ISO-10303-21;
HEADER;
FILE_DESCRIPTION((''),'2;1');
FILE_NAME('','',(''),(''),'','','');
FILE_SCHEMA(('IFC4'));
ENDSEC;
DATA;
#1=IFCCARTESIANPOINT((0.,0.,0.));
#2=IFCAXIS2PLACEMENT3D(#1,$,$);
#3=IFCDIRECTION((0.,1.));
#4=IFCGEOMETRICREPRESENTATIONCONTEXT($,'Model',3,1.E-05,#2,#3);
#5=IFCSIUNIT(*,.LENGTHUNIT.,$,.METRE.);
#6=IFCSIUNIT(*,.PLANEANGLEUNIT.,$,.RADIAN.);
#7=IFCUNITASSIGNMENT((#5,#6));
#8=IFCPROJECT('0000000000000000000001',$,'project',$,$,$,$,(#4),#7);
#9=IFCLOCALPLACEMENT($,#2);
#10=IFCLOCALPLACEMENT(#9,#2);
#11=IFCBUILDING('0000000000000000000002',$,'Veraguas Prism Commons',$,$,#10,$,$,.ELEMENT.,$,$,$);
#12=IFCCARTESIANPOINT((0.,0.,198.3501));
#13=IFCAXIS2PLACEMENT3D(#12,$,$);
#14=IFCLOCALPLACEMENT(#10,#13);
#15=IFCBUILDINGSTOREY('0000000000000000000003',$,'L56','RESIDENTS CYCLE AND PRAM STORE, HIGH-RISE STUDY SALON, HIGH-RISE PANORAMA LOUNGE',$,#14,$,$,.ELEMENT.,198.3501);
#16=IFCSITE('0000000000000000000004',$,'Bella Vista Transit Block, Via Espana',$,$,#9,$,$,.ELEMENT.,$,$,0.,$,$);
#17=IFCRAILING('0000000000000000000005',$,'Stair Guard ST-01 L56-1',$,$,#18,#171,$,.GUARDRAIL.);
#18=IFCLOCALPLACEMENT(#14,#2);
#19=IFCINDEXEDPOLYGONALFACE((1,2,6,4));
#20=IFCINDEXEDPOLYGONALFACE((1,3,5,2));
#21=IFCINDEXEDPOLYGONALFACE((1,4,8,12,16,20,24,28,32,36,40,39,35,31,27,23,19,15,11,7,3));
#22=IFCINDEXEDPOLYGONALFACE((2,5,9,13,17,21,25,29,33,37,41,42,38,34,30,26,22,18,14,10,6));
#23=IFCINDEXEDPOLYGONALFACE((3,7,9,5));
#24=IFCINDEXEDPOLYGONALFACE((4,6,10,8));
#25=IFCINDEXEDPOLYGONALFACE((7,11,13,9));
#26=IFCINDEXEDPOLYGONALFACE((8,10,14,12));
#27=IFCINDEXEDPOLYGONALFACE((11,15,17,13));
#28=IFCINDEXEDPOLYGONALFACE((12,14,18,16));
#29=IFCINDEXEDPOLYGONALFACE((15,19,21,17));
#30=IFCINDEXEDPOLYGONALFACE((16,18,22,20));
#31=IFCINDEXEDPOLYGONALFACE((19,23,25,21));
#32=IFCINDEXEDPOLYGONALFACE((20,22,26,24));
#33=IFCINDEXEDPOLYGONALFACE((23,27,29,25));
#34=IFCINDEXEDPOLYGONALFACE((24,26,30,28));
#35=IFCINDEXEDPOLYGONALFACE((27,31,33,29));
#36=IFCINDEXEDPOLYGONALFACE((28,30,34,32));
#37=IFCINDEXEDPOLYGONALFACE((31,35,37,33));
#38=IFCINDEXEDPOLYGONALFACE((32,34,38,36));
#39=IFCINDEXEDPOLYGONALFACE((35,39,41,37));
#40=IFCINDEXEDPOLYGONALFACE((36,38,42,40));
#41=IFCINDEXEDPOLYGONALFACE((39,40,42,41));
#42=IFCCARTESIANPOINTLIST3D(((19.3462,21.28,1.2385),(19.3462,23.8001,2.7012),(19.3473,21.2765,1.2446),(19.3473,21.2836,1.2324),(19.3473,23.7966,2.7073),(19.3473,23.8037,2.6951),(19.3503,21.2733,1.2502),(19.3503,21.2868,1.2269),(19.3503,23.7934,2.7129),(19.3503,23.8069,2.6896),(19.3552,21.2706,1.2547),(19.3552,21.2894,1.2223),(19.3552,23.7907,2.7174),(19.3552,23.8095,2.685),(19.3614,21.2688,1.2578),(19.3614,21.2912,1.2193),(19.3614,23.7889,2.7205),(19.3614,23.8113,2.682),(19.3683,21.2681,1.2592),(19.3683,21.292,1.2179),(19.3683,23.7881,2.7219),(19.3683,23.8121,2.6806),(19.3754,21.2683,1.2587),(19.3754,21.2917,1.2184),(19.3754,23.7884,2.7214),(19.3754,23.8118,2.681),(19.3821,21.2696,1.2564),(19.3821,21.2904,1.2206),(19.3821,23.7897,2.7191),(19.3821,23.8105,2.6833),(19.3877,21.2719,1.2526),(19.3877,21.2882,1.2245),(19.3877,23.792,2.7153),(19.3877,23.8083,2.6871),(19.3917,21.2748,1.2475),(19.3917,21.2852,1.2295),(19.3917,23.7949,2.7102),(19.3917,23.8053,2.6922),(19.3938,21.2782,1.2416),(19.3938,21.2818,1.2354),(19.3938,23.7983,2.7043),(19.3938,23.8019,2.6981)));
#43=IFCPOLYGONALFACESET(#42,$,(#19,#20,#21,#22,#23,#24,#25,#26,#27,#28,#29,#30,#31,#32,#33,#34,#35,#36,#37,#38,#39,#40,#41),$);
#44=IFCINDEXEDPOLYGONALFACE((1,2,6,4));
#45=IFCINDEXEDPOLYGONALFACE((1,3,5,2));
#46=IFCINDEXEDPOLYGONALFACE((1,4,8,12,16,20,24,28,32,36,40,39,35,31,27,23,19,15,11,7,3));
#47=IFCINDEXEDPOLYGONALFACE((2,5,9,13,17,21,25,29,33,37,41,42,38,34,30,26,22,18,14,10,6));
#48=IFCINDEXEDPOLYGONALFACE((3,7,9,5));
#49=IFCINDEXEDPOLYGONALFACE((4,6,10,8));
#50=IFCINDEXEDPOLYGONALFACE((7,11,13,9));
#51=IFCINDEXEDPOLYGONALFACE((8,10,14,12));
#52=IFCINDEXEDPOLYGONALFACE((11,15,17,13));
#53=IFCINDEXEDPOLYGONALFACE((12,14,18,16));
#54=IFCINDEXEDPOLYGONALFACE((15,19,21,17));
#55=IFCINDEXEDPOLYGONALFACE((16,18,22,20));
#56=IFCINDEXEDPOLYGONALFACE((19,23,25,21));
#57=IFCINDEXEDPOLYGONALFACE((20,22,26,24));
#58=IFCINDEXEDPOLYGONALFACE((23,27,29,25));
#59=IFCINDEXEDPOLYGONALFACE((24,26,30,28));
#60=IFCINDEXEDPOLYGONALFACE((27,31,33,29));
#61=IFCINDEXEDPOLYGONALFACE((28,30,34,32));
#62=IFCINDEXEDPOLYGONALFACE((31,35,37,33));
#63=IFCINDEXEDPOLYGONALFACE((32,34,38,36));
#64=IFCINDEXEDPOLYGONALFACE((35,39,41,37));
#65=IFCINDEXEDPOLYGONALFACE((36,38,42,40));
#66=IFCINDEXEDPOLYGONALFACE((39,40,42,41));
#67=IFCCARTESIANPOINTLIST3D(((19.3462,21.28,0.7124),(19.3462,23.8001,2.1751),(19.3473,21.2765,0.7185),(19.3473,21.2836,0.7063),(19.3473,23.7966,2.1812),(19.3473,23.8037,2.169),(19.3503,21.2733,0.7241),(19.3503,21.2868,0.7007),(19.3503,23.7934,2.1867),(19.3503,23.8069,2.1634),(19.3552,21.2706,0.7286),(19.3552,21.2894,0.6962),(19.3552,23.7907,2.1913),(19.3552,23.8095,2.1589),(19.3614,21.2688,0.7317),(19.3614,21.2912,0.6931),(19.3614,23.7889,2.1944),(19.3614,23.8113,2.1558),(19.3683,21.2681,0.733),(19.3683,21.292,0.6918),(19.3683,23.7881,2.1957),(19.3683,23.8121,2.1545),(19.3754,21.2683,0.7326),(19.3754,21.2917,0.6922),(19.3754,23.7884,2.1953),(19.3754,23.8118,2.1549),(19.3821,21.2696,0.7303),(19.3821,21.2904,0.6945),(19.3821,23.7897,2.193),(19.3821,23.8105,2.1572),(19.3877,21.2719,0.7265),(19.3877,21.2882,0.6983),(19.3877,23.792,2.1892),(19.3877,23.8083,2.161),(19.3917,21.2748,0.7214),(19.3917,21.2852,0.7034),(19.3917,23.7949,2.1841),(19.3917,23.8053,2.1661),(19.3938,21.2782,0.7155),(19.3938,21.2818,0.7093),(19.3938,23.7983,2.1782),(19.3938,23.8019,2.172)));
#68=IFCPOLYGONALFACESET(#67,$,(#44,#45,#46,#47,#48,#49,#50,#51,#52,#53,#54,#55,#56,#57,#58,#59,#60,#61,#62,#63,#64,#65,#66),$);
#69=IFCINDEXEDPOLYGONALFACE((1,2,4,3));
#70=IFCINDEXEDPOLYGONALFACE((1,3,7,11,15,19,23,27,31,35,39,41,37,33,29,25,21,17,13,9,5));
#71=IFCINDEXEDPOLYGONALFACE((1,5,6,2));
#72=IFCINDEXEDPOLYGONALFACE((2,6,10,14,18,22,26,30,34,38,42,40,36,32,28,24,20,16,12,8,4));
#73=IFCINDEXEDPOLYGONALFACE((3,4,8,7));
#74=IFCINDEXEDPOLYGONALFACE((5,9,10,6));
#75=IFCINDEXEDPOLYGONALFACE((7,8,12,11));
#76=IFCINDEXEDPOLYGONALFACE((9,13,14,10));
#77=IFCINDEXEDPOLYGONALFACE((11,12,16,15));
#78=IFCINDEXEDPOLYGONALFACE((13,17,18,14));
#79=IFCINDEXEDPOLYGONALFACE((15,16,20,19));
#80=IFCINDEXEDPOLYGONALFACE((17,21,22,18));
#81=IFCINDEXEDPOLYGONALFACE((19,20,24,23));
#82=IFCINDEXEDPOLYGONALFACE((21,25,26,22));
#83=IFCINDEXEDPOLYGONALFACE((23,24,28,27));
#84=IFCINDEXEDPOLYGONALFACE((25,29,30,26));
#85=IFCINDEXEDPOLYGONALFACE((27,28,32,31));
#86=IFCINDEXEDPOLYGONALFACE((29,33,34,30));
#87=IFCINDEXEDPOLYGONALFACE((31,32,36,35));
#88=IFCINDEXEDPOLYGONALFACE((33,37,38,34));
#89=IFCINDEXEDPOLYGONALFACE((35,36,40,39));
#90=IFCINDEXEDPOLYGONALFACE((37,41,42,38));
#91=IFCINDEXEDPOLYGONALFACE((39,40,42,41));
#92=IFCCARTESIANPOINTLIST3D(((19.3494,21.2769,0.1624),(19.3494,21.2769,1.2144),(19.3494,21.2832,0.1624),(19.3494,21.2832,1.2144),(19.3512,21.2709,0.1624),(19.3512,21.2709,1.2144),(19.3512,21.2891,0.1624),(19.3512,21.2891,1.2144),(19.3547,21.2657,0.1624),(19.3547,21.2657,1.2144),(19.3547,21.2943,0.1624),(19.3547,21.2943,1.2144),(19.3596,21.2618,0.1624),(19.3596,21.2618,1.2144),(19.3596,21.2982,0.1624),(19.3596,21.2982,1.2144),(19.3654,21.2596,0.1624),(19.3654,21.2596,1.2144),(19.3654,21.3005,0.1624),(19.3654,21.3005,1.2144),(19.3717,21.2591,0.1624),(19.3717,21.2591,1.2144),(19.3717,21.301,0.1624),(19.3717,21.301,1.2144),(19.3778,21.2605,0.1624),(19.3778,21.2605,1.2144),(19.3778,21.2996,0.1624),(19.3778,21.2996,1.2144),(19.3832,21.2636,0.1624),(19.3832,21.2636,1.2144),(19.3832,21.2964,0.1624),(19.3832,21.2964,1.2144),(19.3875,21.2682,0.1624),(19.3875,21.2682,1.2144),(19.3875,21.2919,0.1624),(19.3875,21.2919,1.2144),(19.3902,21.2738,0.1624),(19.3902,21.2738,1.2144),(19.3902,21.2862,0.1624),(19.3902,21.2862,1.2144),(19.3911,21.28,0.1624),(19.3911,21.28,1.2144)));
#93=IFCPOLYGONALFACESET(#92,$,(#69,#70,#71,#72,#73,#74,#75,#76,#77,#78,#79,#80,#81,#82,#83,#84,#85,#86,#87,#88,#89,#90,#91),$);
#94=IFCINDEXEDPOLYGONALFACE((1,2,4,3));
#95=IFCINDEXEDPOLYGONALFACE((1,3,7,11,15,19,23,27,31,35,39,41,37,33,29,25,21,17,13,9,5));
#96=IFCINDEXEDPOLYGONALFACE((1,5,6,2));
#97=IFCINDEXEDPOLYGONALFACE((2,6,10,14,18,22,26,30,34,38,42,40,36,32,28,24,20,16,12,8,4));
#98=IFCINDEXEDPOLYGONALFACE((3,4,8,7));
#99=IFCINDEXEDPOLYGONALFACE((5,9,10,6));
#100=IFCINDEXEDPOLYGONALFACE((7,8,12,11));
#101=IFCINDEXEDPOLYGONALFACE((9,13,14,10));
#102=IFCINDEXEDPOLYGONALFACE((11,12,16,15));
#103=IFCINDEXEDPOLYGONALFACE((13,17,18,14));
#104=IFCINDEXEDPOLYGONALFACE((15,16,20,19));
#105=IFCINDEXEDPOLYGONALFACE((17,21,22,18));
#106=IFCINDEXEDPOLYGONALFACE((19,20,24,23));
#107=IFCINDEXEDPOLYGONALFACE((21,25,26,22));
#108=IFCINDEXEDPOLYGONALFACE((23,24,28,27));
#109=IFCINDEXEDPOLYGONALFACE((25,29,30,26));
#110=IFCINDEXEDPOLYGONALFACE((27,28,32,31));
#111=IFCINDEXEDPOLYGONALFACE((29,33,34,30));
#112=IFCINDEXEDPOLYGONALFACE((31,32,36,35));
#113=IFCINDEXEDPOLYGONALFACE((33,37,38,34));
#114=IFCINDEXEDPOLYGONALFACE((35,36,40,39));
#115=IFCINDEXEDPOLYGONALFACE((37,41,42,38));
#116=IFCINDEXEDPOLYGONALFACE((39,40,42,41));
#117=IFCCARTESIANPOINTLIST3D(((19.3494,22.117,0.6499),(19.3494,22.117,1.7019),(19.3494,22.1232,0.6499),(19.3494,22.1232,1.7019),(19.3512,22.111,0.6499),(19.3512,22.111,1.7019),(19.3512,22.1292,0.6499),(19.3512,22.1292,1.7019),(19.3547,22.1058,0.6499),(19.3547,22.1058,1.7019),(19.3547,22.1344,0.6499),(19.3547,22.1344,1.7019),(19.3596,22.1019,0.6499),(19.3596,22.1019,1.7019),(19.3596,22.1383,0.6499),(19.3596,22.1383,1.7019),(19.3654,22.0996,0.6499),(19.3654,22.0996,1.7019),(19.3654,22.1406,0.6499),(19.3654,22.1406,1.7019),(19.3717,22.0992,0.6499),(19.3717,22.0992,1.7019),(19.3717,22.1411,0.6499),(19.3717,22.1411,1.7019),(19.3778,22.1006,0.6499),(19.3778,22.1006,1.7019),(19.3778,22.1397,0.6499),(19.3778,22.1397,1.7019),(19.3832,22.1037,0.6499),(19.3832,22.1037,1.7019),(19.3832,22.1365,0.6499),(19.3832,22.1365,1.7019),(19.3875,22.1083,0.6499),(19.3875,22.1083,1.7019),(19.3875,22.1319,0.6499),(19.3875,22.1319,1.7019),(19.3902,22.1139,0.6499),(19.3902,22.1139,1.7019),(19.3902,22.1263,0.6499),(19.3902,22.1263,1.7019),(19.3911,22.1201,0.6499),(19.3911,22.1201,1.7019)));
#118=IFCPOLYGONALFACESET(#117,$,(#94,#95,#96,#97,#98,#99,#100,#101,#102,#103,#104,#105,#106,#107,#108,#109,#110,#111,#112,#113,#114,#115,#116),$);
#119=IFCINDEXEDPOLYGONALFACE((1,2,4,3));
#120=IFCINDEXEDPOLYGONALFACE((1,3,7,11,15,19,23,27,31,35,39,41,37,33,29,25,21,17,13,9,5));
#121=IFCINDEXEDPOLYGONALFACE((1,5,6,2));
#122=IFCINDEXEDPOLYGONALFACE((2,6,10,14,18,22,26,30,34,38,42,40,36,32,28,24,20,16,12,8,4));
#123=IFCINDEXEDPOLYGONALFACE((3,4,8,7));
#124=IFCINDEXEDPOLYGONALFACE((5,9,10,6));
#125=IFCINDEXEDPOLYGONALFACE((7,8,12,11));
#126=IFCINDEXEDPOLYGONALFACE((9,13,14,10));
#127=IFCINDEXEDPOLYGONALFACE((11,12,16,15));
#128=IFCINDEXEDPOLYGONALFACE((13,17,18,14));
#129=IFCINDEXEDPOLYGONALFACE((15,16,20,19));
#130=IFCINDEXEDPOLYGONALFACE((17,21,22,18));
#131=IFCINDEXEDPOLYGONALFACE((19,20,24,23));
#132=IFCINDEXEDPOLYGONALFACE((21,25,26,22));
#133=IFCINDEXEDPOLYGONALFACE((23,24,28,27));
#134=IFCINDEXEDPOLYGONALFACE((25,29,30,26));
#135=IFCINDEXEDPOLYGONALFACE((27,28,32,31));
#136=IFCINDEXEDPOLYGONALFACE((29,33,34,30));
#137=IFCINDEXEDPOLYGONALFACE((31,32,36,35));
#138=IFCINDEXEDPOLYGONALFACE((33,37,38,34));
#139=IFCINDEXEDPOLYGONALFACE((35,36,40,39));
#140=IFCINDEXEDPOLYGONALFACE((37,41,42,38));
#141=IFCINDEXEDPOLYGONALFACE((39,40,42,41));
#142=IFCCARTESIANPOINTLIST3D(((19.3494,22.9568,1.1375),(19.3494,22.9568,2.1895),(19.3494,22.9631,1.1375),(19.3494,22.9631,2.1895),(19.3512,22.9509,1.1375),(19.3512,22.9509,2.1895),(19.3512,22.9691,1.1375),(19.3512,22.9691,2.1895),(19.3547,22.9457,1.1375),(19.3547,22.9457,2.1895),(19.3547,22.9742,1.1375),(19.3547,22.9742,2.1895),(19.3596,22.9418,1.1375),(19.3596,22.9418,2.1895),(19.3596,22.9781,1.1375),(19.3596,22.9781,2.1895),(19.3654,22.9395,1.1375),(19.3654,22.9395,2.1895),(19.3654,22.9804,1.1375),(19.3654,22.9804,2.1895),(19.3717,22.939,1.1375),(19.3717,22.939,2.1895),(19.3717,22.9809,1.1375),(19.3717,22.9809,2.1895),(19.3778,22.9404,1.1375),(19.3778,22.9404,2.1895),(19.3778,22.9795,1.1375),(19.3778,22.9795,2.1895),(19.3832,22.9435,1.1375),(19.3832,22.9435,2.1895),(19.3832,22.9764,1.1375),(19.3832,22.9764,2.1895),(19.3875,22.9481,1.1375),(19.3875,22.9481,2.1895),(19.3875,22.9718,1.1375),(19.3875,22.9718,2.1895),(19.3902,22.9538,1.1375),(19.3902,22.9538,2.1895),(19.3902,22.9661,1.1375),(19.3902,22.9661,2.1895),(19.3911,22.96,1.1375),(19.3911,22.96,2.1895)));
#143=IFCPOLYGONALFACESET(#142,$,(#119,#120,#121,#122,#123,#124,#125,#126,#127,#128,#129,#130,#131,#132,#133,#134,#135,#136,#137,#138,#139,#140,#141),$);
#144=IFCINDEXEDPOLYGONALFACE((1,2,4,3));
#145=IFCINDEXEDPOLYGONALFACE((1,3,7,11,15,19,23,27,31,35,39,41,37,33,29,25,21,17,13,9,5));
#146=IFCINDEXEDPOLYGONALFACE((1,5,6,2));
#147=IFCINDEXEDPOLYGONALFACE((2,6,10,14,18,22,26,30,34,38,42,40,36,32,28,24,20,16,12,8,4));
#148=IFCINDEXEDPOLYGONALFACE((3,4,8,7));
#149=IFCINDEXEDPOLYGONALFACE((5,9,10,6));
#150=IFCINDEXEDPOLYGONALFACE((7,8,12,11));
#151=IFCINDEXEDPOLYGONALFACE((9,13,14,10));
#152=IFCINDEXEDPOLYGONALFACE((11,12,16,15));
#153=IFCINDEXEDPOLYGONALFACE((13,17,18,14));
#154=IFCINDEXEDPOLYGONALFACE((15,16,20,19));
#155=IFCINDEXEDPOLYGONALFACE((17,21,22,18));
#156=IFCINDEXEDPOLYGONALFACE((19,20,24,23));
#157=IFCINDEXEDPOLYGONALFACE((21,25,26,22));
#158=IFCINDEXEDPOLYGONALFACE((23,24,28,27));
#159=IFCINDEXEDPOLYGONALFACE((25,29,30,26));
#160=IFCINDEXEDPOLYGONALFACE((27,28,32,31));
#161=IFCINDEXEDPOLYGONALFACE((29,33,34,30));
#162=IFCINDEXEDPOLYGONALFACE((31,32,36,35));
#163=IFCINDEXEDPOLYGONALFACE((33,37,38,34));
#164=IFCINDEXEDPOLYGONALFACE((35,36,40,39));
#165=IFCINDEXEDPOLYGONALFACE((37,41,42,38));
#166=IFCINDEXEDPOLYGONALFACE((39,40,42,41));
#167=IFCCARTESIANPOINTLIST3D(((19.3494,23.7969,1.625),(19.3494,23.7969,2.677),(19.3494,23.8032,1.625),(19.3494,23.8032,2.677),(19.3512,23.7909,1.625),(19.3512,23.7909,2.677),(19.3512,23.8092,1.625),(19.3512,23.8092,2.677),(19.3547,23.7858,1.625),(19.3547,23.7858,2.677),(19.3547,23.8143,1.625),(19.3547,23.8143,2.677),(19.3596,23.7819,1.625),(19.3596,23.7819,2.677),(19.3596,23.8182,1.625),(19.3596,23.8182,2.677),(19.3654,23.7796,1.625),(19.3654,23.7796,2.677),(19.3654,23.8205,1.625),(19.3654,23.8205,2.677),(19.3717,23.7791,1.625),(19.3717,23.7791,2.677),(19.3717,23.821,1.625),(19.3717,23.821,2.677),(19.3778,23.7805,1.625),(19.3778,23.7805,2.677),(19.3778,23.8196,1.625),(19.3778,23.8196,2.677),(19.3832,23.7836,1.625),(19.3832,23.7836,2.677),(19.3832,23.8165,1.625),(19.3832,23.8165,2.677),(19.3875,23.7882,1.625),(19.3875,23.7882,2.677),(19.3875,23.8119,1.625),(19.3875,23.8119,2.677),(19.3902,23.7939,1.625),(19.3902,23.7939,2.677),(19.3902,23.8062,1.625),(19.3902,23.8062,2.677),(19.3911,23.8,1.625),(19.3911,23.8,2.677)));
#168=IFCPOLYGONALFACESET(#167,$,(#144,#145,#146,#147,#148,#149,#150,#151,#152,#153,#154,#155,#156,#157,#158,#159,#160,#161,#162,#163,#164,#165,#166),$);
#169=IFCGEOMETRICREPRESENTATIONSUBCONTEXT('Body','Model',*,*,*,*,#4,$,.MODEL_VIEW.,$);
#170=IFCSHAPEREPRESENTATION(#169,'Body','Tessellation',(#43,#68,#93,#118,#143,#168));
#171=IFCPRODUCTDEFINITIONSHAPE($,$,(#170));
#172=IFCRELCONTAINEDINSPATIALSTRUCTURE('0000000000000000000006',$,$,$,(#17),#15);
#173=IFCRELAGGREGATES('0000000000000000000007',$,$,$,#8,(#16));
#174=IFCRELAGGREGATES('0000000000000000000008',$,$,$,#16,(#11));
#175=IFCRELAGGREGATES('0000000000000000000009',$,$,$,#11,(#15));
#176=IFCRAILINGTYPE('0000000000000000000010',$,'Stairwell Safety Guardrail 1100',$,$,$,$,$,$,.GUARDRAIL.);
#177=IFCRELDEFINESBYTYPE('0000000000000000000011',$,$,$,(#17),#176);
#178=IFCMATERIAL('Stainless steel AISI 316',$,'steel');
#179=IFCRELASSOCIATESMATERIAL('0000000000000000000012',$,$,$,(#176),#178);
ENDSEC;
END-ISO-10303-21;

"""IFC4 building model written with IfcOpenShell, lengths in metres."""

from ifc_helpers import new_model, si_unit, direction, frame, origin, origin_2d, place, context, subcontext, project, spatial, circle, extrude, material, type_object, element, save


model = new_model("IFC4")

# Units and contexts
model_context = context("Model", 3, precision=1e-05, world=origin(), true_north=direction((0.0, 1.0)))
body_context = subcontext(model_context, "Body", "Model", "MODEL_VIEW")
ifc_project = project(units=[si_unit("LENGTHUNIT", "METRE"), si_unit("PLANEANGLEUNIT", "RADIAN")], contexts=[model_context])

# Site, building, storey
site_placement = place(None, origin())
site = spatial("IfcSite", under=ifc_project, at=site_placement, Name="Bella Vista Transit Block, Via Espana", CompositionType="ELEMENT", RefElevation=0.0)
building_placement = place(site_placement, origin())
building = spatial("IfcBuilding", under=site, at=building_placement, Name="Veraguas Prism Commons", CompositionType="ELEMENT")
storey_placement = place(building_placement, frame((0.0, 0.0, 198.3501)))
storey = spatial("IfcBuildingStorey", under=building, at=storey_placement, Name="L56", Description="RESIDENTS CYCLE AND PRAM STORE, HIGH-RISE STUDY SALON, HIGH-RISE PANORAMA LOUNGE", CompositionType="ELEMENT", Elevation=198.3501)

# Railing
ifc_material_1 = material(Name="Stainless steel AISI 316", Category="steel")
railing_type_1 = type_object("IfcRailingType", Name="Stairwell Safety Guardrail 1100", PredefinedType="GUARDRAIL", material=ifc_material_1)
railing_1_placement = place(storey_placement, frame((19.3701, 21.28, 0.1624)))
element("IfcRailing", 1, at=railing_1_placement, inside=storey, type_object=railing_type_1, Name="Stair Guard ST-01 L56-1", PredefinedType="GUARDRAIL", context=body_context, shape_type="SweptSolid", body=[
    extrude(circle(Radius=0.0239, at=origin_2d()), frame((0.0, 0.0, 1.0762), z_axis=(0.0, 0.864877, 0.501984), x_axis=(-1.0, 0.0, 0.0)), (0.0, 0.0, 1.0), 2.9138),
    extrude(circle(Radius=0.0239, at=origin_2d()), frame((0.0, 0.0, 0.55), z_axis=(0.0, 0.864877, 0.501984), x_axis=(-1.0, 0.0, 0.0)), (0.0, 0.0, 1.0), 2.9138),
    extrude(circle(Radius=0.021, at=origin_2d()), origin(), (0.0, 0.0, 1.0), 1.052),
    extrude(circle(Radius=0.021, at=origin_2d()), frame((0.0, 0.8401, 0.4875)), (0.0, 0.0, 1.0), 1.052),
    extrude(circle(Radius=0.021, at=origin_2d()), frame((0.0, 1.6799, 0.9751)), (0.0, 0.0, 1.0), 1.052),
    extrude(circle(Radius=0.021, at=origin_2d()), frame((0.0, 2.52, 1.4626)), (0.0, 0.0, 1.0), 1.052),
])

save(model, "model.ifc")
